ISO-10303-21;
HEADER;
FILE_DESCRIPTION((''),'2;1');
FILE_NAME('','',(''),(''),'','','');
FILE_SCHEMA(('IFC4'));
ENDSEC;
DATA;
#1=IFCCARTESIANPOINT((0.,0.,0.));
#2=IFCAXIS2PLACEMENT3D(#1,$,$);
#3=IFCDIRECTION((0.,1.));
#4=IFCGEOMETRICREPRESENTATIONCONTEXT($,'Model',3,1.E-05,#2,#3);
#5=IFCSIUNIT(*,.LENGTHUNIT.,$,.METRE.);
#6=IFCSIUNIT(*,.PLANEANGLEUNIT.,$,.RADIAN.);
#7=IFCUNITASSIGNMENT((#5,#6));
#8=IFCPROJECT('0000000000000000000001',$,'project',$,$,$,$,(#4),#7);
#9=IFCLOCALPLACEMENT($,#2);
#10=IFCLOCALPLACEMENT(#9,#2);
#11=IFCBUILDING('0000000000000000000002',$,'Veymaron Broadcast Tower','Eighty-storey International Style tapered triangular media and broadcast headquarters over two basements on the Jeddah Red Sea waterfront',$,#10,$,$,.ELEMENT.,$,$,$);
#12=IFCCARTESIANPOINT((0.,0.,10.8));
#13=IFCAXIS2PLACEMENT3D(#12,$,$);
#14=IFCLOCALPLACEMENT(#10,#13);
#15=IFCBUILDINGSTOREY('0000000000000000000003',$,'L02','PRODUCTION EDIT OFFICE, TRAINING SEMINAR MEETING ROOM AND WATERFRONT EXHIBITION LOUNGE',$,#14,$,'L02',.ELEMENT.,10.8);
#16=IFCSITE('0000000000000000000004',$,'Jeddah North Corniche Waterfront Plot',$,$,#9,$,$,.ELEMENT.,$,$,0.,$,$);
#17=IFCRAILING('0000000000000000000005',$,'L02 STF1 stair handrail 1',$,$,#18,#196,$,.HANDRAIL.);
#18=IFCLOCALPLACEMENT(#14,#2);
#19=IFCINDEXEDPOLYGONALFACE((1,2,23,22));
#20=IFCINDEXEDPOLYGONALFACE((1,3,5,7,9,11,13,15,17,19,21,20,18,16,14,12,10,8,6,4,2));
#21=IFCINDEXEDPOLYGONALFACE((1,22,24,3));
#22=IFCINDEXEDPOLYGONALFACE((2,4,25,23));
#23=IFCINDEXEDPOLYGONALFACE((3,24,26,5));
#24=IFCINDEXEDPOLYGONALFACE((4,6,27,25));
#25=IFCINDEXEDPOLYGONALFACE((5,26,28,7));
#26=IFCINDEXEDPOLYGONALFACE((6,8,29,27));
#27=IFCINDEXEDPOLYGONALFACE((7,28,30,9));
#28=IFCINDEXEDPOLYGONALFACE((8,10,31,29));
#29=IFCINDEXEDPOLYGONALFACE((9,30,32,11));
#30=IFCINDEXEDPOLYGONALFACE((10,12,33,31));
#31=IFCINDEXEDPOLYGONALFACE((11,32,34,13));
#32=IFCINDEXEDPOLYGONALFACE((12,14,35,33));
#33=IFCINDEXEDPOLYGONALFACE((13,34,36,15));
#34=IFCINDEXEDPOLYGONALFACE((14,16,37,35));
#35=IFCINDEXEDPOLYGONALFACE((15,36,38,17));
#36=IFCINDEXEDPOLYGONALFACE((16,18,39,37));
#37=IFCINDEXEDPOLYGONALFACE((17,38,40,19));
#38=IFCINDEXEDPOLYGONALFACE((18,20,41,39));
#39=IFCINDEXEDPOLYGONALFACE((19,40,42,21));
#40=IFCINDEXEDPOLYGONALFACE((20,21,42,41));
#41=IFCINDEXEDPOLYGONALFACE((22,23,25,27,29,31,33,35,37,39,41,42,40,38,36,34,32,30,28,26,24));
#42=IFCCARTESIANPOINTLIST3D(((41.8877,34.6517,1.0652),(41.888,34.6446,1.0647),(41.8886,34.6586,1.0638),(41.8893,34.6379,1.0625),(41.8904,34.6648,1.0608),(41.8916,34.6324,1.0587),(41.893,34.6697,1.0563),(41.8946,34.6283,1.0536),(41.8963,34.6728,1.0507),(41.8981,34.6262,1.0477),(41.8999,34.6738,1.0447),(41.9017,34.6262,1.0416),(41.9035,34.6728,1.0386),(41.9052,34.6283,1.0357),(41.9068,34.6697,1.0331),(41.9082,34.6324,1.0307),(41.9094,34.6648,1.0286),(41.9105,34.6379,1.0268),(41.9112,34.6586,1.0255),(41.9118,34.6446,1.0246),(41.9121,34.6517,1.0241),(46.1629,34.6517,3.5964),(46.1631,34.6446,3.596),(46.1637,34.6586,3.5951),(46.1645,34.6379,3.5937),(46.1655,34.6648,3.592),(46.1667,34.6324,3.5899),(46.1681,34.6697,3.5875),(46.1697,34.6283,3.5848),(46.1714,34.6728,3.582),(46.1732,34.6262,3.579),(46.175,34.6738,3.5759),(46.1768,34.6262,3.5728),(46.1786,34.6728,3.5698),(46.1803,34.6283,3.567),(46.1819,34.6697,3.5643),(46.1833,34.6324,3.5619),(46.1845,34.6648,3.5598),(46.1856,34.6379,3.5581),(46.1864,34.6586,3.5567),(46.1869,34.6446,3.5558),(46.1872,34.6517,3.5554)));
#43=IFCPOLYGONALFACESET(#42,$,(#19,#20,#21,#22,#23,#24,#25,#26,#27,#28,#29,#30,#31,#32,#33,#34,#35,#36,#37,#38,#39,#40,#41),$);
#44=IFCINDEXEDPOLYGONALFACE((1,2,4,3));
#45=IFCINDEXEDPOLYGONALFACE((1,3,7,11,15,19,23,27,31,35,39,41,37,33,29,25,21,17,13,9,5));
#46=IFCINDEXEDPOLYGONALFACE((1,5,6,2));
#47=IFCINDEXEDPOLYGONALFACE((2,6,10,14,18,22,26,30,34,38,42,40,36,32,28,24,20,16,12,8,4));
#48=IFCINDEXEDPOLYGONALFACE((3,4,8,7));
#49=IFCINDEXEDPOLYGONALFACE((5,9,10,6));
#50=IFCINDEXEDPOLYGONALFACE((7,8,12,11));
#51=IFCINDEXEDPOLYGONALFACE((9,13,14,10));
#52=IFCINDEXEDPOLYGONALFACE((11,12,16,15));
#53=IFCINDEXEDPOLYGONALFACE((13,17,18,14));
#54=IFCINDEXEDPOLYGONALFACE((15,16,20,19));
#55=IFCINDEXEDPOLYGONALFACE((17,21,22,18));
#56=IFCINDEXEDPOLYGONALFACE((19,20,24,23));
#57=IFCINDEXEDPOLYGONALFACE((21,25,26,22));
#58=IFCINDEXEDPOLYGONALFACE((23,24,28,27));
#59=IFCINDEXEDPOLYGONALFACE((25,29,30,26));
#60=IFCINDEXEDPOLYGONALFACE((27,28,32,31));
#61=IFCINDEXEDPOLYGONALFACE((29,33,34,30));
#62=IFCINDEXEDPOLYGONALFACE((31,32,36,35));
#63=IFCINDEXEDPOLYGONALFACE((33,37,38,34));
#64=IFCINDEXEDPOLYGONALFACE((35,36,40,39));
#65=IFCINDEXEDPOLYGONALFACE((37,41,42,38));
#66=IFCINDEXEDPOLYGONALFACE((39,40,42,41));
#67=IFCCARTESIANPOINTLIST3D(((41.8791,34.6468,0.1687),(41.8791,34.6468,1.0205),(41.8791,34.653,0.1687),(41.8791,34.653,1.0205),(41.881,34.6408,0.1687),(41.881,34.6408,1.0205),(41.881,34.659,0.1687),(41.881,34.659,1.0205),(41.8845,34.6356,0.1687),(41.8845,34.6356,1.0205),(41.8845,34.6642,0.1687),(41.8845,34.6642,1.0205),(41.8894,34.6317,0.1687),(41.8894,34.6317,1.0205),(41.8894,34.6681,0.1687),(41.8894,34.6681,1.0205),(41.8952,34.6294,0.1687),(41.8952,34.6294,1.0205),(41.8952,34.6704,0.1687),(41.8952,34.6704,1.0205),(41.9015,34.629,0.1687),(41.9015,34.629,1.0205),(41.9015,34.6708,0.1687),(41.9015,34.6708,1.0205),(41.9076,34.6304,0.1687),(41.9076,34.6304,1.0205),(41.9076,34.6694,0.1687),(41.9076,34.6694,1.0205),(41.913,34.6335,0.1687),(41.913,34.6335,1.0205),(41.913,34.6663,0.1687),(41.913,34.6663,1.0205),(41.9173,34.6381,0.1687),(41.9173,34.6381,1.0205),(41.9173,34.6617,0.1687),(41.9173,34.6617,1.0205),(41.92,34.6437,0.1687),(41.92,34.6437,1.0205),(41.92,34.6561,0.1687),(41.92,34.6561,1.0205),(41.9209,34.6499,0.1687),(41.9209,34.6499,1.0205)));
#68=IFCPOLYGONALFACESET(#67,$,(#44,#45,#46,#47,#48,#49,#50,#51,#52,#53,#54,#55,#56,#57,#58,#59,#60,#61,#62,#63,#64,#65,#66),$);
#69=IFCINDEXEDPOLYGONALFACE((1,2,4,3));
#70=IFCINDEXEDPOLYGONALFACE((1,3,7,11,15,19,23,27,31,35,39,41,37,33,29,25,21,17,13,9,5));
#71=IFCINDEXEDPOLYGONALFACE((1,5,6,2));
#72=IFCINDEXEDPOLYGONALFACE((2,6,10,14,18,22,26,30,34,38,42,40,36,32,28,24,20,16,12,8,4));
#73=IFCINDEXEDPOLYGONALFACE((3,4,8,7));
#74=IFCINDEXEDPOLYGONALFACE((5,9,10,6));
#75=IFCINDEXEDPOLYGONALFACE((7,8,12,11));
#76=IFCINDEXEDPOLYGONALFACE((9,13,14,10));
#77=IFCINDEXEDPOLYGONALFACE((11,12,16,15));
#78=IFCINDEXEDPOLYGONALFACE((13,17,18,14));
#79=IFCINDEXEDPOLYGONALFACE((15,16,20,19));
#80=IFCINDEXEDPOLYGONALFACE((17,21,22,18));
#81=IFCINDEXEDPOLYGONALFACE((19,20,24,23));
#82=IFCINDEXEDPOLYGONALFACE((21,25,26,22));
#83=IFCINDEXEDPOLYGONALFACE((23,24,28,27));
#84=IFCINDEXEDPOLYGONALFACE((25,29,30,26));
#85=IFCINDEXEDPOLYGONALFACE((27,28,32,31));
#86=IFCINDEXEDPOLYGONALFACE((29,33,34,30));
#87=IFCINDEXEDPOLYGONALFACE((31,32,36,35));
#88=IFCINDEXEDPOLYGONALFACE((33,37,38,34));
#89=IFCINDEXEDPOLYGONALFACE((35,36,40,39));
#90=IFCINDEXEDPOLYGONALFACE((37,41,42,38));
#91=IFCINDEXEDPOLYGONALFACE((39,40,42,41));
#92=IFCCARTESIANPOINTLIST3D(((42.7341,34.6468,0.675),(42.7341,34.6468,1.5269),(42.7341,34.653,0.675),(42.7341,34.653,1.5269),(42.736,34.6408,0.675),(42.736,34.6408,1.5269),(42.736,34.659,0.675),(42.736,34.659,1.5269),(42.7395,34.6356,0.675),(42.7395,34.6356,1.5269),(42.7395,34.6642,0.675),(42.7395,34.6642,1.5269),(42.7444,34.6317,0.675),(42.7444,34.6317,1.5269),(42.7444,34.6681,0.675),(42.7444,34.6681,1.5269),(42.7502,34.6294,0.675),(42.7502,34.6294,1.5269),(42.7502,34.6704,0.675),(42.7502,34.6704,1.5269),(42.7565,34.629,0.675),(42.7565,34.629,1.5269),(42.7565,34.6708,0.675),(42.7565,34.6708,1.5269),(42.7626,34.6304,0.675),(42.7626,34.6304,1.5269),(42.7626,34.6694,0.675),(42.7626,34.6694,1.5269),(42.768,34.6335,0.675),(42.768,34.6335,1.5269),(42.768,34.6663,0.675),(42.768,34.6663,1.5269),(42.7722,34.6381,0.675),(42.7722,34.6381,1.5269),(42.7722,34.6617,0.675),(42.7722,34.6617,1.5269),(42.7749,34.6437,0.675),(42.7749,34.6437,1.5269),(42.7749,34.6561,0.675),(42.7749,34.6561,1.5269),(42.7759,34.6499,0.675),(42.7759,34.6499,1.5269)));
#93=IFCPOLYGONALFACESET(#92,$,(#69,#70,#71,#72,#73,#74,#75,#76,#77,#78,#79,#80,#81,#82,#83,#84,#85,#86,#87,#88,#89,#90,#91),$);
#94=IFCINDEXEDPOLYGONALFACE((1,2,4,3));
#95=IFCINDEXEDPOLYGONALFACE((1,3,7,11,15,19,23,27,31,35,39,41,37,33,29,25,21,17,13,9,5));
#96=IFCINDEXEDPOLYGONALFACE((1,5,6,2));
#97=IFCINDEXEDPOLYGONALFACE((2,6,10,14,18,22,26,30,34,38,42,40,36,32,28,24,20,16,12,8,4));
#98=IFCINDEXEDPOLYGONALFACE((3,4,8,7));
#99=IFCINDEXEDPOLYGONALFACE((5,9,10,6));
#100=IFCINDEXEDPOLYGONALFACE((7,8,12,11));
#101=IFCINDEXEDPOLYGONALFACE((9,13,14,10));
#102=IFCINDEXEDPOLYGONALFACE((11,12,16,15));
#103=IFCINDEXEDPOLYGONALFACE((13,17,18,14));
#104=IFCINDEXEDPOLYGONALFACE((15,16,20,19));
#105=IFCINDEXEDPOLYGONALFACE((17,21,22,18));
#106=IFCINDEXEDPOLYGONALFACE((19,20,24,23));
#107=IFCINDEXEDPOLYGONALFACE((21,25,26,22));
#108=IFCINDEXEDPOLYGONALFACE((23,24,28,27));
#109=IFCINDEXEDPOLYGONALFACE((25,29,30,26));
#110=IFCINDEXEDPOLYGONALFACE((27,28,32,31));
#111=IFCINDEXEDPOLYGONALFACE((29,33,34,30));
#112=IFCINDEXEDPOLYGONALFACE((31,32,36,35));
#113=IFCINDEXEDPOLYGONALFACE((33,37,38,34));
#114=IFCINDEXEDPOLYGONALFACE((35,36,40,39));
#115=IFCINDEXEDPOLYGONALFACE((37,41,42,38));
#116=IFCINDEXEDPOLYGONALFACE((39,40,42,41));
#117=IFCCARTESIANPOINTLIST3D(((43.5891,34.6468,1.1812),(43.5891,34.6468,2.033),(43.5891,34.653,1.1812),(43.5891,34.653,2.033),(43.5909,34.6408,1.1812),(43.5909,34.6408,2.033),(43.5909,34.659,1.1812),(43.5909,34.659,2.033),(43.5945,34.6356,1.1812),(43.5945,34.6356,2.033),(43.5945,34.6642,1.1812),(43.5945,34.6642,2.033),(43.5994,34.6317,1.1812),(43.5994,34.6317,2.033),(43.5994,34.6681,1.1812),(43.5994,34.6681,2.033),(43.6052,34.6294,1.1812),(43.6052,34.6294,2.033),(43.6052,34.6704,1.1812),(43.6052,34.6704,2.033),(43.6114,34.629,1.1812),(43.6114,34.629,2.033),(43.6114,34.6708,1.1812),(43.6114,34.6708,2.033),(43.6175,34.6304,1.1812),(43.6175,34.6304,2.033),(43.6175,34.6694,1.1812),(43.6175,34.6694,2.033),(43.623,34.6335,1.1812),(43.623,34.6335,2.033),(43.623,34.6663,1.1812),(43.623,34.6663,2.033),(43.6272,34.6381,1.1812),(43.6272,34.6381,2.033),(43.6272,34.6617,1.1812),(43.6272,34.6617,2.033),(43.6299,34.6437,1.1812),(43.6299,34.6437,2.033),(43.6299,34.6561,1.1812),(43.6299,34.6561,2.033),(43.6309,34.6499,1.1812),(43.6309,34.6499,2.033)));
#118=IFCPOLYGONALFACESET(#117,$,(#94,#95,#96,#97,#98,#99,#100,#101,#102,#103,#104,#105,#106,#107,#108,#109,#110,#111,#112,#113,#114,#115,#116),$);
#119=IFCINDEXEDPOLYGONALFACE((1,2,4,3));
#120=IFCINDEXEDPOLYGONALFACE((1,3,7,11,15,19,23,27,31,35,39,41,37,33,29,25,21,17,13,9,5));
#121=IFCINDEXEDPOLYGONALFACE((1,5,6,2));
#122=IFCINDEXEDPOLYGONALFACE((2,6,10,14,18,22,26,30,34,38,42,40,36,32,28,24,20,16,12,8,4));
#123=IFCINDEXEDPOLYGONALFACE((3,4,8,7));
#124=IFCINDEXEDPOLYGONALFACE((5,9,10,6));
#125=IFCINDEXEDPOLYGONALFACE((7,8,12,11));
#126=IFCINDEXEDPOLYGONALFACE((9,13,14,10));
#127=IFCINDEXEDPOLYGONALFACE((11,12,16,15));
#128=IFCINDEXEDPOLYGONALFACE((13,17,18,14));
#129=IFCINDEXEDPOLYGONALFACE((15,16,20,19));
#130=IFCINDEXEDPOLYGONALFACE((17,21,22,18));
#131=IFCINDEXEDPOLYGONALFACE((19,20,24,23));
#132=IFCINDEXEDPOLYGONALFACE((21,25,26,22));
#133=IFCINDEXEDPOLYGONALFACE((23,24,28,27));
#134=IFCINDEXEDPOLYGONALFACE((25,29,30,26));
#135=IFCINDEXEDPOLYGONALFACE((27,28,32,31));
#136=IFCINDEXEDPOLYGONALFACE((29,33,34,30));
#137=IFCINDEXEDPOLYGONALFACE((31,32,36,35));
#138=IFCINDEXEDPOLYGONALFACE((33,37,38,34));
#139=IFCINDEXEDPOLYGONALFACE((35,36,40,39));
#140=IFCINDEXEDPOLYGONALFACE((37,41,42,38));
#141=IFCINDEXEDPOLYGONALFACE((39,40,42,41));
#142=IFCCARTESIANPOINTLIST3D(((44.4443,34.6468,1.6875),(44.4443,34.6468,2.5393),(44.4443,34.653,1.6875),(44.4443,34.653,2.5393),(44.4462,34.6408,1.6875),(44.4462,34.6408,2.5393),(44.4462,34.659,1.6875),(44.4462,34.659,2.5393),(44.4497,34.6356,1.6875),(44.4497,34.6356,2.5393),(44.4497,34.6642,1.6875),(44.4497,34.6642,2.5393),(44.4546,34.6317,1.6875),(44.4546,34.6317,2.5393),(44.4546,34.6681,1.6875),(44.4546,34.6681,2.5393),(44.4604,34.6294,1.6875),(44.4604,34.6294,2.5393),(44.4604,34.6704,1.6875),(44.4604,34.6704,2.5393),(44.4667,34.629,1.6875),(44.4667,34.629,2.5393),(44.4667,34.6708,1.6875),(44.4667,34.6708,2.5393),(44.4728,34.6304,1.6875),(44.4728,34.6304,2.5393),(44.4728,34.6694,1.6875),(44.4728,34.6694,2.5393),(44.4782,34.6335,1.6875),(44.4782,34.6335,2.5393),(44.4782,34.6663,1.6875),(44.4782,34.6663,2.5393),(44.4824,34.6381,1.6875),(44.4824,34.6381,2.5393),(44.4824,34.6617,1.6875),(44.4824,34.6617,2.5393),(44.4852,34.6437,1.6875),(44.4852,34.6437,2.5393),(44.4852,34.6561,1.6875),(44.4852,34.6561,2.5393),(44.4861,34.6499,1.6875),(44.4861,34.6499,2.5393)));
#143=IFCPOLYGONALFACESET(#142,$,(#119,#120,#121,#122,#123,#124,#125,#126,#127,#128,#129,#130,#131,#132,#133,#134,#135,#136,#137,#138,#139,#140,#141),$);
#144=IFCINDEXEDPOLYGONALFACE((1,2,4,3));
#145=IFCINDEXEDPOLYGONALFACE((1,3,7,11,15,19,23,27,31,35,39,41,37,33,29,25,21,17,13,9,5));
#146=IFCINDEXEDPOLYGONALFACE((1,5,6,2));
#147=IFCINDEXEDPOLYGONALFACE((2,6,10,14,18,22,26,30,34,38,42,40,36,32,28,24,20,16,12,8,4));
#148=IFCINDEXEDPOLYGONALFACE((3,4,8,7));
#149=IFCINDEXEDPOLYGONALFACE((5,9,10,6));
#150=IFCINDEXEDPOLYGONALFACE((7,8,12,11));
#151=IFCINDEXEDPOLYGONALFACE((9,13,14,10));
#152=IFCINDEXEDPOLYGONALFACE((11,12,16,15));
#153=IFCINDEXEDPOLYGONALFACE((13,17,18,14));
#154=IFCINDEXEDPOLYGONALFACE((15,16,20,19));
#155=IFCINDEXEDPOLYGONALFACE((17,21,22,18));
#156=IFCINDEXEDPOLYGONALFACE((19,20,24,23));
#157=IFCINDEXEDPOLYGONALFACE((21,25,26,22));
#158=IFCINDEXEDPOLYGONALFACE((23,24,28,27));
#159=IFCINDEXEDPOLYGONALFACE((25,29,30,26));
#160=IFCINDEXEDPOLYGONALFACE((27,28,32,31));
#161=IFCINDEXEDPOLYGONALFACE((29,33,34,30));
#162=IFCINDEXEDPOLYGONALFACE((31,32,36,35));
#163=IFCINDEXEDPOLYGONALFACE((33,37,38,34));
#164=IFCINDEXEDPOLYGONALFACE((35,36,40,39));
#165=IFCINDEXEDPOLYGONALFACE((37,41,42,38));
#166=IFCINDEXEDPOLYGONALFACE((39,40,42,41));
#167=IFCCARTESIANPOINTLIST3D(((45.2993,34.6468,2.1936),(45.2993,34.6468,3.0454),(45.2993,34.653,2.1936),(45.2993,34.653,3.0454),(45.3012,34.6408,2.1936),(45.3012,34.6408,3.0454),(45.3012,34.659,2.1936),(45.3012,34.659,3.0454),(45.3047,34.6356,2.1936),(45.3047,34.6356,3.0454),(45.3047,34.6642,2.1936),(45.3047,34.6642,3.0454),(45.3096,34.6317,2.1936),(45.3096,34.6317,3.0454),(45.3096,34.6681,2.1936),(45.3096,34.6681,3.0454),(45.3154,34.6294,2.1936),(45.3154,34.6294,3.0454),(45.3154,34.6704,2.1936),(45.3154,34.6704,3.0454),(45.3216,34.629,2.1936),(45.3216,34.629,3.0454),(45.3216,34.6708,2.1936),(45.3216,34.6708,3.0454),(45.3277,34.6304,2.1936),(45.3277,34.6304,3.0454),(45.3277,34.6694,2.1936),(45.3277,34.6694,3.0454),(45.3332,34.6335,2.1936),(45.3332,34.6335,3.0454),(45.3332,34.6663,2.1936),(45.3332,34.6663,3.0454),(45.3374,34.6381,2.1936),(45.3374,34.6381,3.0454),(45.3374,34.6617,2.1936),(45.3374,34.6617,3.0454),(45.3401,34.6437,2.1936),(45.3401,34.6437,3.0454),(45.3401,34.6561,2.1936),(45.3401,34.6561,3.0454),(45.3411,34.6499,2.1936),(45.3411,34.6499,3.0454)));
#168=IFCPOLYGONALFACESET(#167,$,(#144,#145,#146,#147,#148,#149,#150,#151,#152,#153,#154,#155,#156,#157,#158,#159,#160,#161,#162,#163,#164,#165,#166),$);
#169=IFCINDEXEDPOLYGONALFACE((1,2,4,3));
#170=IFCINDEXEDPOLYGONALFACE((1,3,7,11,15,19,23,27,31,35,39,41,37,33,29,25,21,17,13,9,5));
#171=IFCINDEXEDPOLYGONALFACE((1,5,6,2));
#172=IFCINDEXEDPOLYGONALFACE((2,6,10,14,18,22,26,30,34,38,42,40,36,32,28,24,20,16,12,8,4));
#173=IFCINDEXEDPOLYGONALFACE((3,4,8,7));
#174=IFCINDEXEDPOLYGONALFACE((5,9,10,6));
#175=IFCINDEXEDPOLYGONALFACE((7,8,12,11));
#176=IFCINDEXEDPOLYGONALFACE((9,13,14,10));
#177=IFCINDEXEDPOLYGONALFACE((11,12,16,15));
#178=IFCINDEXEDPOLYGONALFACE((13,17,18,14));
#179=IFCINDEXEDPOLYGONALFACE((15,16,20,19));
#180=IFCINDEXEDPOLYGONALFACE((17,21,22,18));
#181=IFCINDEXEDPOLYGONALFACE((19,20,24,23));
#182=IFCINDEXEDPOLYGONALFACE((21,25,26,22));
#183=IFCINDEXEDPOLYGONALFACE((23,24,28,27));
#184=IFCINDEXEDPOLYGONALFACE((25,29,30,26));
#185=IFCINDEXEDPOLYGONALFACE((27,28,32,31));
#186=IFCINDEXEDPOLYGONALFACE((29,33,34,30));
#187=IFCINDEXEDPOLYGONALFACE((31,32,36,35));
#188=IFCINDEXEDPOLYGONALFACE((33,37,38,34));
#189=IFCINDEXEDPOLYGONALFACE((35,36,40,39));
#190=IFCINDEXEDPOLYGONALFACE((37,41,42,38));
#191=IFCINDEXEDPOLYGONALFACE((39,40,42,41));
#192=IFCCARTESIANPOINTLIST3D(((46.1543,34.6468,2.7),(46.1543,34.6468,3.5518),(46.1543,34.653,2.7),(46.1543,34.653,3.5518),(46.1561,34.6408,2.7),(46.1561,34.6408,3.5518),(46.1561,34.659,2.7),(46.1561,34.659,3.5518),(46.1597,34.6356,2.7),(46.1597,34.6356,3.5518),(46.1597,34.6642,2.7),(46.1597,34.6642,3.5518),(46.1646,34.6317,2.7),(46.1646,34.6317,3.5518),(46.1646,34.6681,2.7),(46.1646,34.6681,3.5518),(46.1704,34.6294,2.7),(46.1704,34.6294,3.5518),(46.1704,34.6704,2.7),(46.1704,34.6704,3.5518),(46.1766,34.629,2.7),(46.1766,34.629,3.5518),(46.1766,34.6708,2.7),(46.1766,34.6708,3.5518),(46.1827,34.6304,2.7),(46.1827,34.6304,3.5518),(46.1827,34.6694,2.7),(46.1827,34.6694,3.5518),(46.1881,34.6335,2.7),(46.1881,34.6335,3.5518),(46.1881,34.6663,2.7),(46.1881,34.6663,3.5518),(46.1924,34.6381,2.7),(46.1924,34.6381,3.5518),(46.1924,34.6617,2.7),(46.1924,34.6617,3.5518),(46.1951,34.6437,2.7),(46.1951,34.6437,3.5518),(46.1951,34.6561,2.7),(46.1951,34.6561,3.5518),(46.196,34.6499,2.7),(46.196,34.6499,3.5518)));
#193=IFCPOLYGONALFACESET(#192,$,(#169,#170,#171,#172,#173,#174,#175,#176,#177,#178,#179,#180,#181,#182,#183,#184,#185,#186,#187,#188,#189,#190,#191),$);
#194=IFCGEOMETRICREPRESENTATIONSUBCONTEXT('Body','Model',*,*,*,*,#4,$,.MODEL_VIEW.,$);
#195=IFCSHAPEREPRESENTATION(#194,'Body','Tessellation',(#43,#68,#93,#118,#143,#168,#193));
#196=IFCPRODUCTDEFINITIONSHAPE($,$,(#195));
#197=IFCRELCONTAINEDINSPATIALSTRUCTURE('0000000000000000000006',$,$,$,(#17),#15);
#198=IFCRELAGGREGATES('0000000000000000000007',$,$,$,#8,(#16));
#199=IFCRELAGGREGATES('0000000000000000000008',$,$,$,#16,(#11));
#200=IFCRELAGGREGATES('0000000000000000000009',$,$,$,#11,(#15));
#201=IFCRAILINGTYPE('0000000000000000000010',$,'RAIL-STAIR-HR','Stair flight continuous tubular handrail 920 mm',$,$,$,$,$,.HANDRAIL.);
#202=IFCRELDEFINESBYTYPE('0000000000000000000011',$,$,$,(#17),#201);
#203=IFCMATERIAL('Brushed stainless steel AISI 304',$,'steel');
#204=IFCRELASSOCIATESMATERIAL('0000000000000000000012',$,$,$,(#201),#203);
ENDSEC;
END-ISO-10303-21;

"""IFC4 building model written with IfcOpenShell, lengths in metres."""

from ifc_helpers import new_model, si_unit, direction, frame, origin, origin_2d, place, context, subcontext, project, spatial, circle, extrude, material, type_object, element, save


model = new_model("IFC4")

# Units and contexts
model_context = context("Model", 3, precision=1e-05, world=origin(), true_north=direction((0.0, 1.0)))
body_context = subcontext(model_context, "Body", "Model", "MODEL_VIEW")
ifc_project = project(units=[si_unit("LENGTHUNIT", "METRE"), si_unit("PLANEANGLEUNIT", "RADIAN")], contexts=[model_context])

# Site, building, storey
site_placement = place(None, origin())
site = spatial("IfcSite", under=ifc_project, at=site_placement, Name="Jeddah North Corniche Waterfront Plot", CompositionType="ELEMENT", RefElevation=0.0)
building_placement = place(site_placement, origin())
building = spatial("IfcBuilding", under=site, at=building_placement, Name="Veymaron Broadcast Tower", Description="Eighty-storey International Style tapered triangular media and broadcast headquarters over two basements on the Jeddah Red Sea waterfront", CompositionType="ELEMENT")
storey_placement = place(building_placement, frame((0.0, 0.0, 10.8)))
storey = spatial("IfcBuildingStorey", under=building, at=storey_placement, Name="L02", Description="PRODUCTION EDIT OFFICE, TRAINING SEMINAR MEETING ROOM AND WATERFRONT EXHIBITION LOUNGE", LongName="L02", CompositionType="ELEMENT", Elevation=10.8)

# Shared definitions
ifc_material_1 = material(Name="Brushed stainless steel AISI 304", Category="steel")

# Railing
railing_type_1 = type_object("IfcRailingType", Name="RAIL-STAIR-HR", Description="Stair flight continuous tubular handrail 920 mm", PredefinedType="HANDRAIL", material=ifc_material_1)
railing_1_placement = place(storey_placement, frame((41.8999, 34.6499, 0.1687)))
element("IfcRailing", 1, at=railing_1_placement, inside=storey, type_object=railing_type_1, Name="L02 STF1 stair handrail 1", PredefinedType="HANDRAIL", context=body_context, shape_type="SweptSolid", body=[
    extrude(circle(Radius=0.0239, at=origin_2d()), frame((0.0, 0.0, 0.876), z_axis=(0.860483, 0.0, 0.509479), x_axis=(0.0, 1.0, 0.0)), (0.0, 0.0, 1.0), 4.9683),
    extrude(circle(Radius=0.021, at=origin_2d()), origin(), (0.0, 0.0, 1.0), 0.8518),
    extrude(circle(Radius=0.021, at=origin_2d()), frame((0.855, 0.0, 0.5063)), (0.0, 0.0, 1.0), 0.8518),
    extrude(circle(Radius=0.021, at=origin_2d()), frame((1.71, 0.0, 1.0125)), (0.0, 0.0, 1.0), 0.8518),
    extrude(circle(Radius=0.021, at=origin_2d()), frame((2.5652, 0.0, 1.5188)), (0.0, 0.0, 1.0), 0.8518),
    extrude(circle(Radius=0.021, at=origin_2d()), frame((3.4202, 0.0, 2.0249)), (0.0, 0.0, 1.0), 0.8518),
    extrude(circle(Radius=0.021, at=origin_2d()), frame((4.2751, 0.0, 2.5312)), (0.0, 0.0, 1.0), 0.8518),
])

save(model, "model.ifc")
